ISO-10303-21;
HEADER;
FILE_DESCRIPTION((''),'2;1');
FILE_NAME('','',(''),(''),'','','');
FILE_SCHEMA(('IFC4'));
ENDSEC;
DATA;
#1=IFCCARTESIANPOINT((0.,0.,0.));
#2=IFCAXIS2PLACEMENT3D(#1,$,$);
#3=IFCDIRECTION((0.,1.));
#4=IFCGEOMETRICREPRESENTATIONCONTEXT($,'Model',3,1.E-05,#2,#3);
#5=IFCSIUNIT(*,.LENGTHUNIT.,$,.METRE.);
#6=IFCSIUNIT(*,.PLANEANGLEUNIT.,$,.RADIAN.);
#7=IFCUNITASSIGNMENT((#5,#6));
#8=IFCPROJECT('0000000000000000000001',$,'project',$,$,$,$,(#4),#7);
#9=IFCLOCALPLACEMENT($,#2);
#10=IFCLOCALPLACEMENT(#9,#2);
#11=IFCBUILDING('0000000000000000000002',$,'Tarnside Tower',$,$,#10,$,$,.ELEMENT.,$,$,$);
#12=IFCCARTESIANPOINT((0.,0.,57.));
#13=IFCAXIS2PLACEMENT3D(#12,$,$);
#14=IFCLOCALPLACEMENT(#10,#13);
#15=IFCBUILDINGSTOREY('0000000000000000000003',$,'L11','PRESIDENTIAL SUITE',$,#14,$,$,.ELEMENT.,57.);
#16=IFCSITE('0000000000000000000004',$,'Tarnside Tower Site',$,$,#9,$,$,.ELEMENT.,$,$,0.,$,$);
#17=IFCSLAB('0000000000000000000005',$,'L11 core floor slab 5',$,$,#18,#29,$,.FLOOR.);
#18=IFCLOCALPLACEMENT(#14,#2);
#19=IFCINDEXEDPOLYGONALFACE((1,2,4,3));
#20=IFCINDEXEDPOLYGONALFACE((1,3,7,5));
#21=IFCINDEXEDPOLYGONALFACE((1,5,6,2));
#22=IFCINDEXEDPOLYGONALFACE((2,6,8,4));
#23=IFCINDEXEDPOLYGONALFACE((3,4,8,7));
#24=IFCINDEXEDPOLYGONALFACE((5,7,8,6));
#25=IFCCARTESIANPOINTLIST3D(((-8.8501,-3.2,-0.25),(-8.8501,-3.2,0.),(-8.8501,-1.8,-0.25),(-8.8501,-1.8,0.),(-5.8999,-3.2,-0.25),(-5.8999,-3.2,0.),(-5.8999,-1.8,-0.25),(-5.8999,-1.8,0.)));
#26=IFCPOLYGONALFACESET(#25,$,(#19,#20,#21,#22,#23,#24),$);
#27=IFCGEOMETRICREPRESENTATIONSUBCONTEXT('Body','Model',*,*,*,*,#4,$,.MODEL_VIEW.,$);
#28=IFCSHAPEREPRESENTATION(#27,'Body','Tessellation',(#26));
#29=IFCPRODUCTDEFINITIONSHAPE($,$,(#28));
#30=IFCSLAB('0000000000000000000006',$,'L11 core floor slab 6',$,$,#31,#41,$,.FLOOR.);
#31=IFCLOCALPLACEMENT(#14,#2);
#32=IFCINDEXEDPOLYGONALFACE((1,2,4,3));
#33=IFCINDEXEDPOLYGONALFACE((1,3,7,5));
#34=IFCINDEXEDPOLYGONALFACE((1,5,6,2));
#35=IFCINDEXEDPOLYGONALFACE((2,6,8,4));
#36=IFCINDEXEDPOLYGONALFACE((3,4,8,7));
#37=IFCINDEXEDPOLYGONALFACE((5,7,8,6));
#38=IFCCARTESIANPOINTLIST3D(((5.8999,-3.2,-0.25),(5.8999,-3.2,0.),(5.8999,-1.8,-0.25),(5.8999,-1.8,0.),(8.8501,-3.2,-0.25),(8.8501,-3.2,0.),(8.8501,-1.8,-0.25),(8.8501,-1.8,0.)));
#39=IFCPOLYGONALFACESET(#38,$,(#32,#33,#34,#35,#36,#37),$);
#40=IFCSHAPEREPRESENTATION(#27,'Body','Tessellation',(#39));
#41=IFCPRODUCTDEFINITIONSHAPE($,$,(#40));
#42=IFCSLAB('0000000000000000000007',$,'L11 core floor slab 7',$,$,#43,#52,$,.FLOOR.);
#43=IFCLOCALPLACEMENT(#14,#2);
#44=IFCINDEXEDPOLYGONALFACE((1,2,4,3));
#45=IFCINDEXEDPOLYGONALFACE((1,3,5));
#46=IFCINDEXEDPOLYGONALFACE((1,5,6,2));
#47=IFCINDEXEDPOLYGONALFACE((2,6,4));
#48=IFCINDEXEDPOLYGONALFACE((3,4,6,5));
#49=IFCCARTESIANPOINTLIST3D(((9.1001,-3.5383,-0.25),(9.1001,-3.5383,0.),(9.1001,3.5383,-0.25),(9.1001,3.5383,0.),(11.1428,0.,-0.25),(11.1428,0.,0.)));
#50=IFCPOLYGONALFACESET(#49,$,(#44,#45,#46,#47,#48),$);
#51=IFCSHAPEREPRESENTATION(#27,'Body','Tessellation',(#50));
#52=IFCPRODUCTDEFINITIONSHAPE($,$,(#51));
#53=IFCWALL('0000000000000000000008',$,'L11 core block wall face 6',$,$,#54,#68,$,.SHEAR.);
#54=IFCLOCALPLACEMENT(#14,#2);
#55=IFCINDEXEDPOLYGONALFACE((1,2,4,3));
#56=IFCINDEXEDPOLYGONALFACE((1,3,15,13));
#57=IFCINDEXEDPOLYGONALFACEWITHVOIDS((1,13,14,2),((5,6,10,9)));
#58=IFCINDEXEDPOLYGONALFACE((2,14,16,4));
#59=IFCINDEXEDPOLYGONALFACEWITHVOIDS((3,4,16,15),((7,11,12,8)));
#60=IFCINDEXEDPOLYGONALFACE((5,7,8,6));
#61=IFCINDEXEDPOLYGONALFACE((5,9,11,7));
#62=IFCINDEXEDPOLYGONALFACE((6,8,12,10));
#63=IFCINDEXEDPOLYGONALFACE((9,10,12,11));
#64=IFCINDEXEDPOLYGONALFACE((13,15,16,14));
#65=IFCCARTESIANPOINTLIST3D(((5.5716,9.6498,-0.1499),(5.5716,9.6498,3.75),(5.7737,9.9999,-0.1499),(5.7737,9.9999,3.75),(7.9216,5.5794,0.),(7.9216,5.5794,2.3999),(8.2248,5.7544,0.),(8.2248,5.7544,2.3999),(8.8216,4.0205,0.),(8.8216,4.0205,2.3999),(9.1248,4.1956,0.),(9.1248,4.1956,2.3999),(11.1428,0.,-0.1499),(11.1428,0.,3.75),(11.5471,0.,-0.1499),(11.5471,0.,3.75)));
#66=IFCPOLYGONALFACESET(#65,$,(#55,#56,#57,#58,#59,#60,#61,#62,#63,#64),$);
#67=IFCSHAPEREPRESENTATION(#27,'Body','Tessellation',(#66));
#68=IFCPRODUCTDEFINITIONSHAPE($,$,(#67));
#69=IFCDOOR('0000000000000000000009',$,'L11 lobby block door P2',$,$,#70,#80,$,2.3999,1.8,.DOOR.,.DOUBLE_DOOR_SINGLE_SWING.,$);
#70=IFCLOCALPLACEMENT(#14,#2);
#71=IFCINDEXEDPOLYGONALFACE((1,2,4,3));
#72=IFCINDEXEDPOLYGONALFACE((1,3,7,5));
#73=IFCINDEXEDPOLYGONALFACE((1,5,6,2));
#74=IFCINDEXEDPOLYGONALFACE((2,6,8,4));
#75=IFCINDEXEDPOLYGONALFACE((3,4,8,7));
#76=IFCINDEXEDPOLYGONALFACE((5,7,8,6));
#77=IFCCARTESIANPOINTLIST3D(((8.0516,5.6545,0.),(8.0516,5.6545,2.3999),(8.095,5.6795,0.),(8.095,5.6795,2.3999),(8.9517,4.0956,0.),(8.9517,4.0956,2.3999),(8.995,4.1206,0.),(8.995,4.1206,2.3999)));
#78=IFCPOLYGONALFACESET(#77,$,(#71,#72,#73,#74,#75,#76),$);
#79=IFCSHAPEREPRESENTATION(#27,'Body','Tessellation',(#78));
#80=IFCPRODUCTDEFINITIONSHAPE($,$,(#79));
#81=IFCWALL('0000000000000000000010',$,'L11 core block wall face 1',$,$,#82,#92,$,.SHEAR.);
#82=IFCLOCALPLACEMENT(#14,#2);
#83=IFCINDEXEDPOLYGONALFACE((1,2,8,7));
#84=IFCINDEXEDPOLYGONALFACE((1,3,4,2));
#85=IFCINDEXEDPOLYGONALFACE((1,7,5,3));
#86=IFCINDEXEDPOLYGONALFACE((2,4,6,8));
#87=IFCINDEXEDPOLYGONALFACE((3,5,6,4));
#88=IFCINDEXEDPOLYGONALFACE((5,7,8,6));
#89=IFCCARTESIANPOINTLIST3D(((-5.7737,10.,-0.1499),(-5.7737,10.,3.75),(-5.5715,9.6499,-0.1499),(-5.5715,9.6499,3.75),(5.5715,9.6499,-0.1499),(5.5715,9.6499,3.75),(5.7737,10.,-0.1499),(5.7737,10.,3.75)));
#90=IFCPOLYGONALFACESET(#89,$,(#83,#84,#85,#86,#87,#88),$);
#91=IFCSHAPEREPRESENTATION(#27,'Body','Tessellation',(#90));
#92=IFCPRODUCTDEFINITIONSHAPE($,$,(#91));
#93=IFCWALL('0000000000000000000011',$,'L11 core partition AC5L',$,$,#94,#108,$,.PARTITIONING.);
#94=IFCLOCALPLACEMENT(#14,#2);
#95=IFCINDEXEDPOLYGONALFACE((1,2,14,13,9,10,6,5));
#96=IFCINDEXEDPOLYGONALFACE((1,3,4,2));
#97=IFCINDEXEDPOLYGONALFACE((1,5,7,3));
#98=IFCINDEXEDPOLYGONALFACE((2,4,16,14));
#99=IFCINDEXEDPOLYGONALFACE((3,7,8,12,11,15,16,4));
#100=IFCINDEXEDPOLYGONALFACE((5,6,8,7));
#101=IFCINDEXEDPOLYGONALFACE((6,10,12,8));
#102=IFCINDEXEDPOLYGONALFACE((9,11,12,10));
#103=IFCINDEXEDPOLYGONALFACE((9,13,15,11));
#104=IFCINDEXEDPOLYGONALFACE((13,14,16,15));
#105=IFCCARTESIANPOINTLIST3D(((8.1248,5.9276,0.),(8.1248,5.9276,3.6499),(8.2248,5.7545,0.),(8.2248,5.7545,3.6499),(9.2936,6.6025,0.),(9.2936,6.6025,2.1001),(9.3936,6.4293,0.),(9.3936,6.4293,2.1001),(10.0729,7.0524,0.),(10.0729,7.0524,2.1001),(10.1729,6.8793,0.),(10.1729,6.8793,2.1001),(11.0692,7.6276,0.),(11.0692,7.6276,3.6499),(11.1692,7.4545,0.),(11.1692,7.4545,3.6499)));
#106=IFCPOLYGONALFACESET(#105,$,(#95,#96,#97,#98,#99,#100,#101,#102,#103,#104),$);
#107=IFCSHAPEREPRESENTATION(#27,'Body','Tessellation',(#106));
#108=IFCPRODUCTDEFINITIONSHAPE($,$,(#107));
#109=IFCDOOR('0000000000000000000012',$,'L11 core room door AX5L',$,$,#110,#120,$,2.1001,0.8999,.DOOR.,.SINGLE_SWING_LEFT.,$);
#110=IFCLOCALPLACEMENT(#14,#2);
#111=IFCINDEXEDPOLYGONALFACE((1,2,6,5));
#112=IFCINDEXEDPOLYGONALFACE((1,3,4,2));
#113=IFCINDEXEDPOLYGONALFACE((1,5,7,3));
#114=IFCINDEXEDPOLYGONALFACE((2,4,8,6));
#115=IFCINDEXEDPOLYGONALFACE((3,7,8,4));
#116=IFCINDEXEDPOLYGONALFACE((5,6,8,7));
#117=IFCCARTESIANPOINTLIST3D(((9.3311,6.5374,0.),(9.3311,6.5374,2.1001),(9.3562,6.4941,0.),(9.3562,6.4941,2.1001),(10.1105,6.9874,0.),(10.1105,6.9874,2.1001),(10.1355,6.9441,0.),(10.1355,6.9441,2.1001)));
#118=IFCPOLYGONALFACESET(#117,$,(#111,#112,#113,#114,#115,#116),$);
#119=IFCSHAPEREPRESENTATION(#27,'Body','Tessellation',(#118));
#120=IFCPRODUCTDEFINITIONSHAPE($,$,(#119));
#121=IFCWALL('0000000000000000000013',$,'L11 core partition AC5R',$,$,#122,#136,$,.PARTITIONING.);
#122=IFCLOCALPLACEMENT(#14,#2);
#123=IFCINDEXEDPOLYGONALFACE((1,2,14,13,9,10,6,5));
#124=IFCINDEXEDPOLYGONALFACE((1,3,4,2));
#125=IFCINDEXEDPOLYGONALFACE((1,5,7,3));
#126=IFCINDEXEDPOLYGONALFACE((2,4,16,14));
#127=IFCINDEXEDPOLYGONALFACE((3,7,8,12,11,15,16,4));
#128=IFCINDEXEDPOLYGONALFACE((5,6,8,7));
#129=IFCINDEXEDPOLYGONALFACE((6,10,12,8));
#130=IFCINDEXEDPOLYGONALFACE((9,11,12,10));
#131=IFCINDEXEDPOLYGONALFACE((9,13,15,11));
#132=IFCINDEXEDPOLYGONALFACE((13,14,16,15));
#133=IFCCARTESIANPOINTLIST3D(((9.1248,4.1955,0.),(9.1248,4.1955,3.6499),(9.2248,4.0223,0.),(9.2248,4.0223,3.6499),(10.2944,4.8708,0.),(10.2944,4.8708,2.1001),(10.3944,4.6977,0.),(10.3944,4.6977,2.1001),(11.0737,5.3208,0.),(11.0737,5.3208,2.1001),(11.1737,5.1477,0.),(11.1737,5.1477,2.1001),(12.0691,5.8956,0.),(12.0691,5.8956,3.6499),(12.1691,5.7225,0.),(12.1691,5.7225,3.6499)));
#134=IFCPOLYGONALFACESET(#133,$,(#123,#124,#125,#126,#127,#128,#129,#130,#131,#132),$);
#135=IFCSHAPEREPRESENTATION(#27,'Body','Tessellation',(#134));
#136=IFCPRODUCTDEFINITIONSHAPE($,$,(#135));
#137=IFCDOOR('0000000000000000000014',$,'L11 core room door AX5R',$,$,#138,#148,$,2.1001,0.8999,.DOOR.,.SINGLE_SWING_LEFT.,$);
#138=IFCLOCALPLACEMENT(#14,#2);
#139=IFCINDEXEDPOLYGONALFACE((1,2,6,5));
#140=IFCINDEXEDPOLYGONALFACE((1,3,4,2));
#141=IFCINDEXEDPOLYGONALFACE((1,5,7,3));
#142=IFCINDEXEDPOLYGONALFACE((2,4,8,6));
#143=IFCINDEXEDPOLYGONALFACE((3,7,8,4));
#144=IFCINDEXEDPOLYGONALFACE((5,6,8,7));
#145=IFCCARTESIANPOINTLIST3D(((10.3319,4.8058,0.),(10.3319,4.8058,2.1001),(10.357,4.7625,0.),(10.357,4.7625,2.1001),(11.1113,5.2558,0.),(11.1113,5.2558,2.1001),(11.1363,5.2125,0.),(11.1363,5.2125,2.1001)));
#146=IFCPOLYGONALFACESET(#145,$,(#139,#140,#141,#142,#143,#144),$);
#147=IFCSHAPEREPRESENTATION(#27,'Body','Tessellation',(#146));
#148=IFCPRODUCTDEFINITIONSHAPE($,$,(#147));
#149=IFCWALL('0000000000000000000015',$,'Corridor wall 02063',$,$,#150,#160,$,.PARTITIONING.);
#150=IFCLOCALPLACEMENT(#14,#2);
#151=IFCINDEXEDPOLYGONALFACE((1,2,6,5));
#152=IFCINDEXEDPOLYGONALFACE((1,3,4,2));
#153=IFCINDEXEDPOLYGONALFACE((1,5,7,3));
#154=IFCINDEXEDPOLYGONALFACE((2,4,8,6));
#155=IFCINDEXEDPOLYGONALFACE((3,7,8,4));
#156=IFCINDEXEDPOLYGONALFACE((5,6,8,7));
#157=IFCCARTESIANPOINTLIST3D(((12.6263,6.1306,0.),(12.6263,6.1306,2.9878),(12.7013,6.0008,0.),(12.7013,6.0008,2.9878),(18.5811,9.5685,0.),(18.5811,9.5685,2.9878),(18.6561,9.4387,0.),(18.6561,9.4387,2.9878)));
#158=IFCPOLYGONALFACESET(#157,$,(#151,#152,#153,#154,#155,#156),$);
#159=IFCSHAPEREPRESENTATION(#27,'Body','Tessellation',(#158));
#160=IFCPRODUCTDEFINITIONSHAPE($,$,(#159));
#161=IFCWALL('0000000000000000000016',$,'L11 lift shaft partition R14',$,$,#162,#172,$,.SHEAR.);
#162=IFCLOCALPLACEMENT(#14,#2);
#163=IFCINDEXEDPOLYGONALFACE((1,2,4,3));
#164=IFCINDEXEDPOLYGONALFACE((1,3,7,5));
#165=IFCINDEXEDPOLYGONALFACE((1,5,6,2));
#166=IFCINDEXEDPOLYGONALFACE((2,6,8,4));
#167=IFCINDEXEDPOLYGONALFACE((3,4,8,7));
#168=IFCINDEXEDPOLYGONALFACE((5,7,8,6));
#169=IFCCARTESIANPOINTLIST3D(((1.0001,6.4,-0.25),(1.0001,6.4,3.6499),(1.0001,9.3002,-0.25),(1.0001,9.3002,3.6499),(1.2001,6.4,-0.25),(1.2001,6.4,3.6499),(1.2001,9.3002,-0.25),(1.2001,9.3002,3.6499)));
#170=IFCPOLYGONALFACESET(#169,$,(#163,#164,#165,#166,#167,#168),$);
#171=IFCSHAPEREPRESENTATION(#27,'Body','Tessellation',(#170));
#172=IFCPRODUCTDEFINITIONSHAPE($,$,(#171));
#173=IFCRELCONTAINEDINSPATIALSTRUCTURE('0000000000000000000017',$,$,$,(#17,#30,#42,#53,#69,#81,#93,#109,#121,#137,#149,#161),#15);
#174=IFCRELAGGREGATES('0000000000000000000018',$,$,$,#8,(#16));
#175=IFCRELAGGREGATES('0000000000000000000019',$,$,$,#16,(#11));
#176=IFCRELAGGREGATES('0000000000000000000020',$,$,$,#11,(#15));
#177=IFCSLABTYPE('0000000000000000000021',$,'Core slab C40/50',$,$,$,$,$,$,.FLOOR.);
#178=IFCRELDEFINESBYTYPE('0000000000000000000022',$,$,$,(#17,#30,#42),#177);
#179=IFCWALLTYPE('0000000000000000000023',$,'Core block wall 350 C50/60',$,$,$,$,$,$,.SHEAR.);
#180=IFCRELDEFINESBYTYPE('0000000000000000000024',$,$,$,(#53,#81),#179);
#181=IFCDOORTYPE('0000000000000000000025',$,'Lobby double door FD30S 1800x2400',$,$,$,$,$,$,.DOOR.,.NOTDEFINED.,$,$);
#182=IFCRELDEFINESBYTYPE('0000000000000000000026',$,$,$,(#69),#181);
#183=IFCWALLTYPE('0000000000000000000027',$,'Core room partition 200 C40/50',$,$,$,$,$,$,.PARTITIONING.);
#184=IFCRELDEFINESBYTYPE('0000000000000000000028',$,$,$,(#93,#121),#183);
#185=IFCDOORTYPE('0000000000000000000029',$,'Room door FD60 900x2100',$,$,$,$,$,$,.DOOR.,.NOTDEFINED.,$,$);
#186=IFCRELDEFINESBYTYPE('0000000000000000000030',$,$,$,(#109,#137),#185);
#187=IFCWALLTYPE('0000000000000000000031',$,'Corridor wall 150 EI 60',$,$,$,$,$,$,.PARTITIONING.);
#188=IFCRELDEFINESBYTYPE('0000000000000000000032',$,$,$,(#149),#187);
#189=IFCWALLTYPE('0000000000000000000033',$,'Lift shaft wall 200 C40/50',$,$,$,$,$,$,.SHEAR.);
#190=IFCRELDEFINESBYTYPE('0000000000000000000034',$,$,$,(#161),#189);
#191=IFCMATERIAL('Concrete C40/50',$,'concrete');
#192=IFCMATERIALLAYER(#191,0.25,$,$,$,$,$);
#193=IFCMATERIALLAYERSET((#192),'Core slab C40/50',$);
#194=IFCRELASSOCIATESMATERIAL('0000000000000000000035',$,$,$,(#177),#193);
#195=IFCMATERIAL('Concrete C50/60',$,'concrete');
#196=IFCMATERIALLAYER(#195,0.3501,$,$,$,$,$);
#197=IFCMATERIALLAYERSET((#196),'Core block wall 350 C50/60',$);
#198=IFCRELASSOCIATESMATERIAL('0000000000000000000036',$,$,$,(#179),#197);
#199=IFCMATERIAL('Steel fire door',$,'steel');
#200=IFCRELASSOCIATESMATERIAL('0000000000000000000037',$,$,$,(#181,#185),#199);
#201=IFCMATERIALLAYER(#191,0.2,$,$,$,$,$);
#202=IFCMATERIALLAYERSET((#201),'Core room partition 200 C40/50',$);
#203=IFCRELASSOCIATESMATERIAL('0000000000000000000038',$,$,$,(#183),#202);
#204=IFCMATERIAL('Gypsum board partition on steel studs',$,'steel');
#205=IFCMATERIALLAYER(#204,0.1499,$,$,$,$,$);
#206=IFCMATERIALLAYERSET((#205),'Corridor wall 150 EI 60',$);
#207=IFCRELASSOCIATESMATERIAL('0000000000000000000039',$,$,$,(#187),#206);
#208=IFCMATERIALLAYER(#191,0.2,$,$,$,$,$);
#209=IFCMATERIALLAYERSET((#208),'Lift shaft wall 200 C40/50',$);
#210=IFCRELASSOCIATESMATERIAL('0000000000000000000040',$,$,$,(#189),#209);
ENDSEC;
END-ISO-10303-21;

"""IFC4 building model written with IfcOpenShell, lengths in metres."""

from ifc_helpers import new_model, si_unit, direction, frame, frame_2d, origin, place, context, subcontext, project, spatial, polyline, rectangle, outline, extrude, material, layer, layer_set, type_object, element, fill, save


model = new_model("IFC4")

# Units and contexts
model_context = context("Model", 3, precision=1e-05, world=origin(), true_north=direction((0.0, 1.0)))
body_context = subcontext(model_context, "Body", "Model", "MODEL_VIEW")
ifc_project = project(units=[si_unit("LENGTHUNIT", "METRE"), si_unit("PLANEANGLEUNIT", "RADIAN")], contexts=[model_context])

# Site, building, storey
site_placement = place(None, origin())
site = spatial("IfcSite", under=ifc_project, at=site_placement, Name="Tarnside Tower Site", CompositionType="ELEMENT", RefElevation=0.0)
building_placement = place(site_placement, origin())
building = spatial("IfcBuilding", under=site, at=building_placement, Name="Tarnside Tower", CompositionType="ELEMENT")
storey_placement = place(building_placement, frame((0.0, 0.0, 57.0)))
storey = spatial("IfcBuildingStorey", under=building, at=storey_placement, Name="L11", Description="PRESIDENTIAL SUITE", CompositionType="ELEMENT", Elevation=57.0)

# Slabs
ifc_material_1 = material(Name="Concrete C40/50", Category="concrete")
ifc_layer_1 = layer(ifc_material_1, 0.25)
ifc_layer_set_1 = layer_set([ifc_layer_1], Name="Core slab C40/50")
slab_type = type_object("IfcSlabType", Name="Core slab C40/50", PredefinedType="FLOOR", material=ifc_layer_set_1)
slab_1_placement = place(storey_placement, frame((0.0, 0.0, -0.25)))
element("IfcSlab", 1, at=slab_1_placement, inside=storey, type_object=slab_type, Name="L11 core floor slab 5", PredefinedType="FLOOR", context=body_context, shape_type="SweptSolid", body=[
    extrude(outline(polyline([(-8.8501, -1.8), (-5.8999, -1.8), (-5.8999, -3.2), (-8.8501, -3.2), (-8.8501, -1.8)])), origin(), (0.0, 0.0, 1.0), 0.25),
])
slab_2_placement = place(storey_placement, frame((0.0, 0.0, -0.25)))
element("IfcSlab", 2, at=slab_2_placement, inside=storey, type_object=slab_type, Name="L11 core floor slab 6", PredefinedType="FLOOR", context=body_context, shape_type="SweptSolid", body=[
    extrude(outline(polyline([(5.8999, -3.2), (5.8999, -1.8), (8.8501, -1.8), (8.8501, -3.2), (5.8999, -3.2)])), origin(), (0.0, 0.0, 1.0), 0.25),
])
slab_3_placement = place(storey_placement, frame((0.0, 0.0, -0.25)))
element("IfcSlab", 3, at=slab_3_placement, inside=storey, type_object=slab_type, Name="L11 core floor slab 7", PredefinedType="FLOOR", context=body_context, shape_type="SweptSolid", body=[
    extrude(outline(polyline([(9.1001, -3.5383), (9.1001, 3.5383), (11.1428, 0.0), (9.1001, -3.5383)])), origin(), (0.0, 0.0, 1.0), 0.25),
])

# Wall, opening, door
ifc_material_2 = material(Name="Concrete C50/60", Category="concrete")
ifc_layer_2 = layer(ifc_material_2, 0.3501)
ifc_layer_set_2 = layer_set([ifc_layer_2], Name="Core block wall 350 C50/60")
wall_type_1 = type_object("IfcWallType", Name="Core block wall 350 C50/60", PredefinedType="SHEAR", material=ifc_layer_set_2)
wall_1_placement = place(storey_placement, frame((11.345, 0.0, -0.1499), z_axis=(0.0, 0.0, 1.0), x_axis=(-0.499995, 0.866028, 0.0)))
wall_1 = element("IfcWall", 4, at=wall_1_placement, inside=storey, type_object=wall_type_1, Name="L11 core block wall face 6", PredefinedType="SHEAR", context=body_context, shape_type="SweptSolid", body=[
    extrude(outline(polyline([(-0.1011, -0.175), (11.4458, -0.175), (11.2437, 0.175), (0.1011, 0.175), (-0.1011, -0.175)])), origin(), (0.0, 0.0, 1.0), 3.8999),
])
opening_1_placement = place(wall_1_placement, frame((4.7437, 0.0, 0.1499)))
opening_1 = element("IfcOpeningElement", 5, at=opening_1_placement, cuts=wall_1, PredefinedType="OPENING", context=body_context, shape_type="SweptSolid", body=[
    extrude(rectangle(XDim=1.8, YDim=2.3999, at=frame_2d((0.8999, 1.2))), frame((0.0, 0.1851, 0.0), z_axis=(0.0, -1.0, 0.0), x_axis=(1.0, 0.0, 0.0)), (0.0, 0.0, 1.0), 0.3701),
])
ifc_material_3 = material(Name="Steel fire door", Category="steel")
door_type_1 = type_object("IfcDoorType", Name="Lobby double door FD30S 1800x2400", OperationType="NOTDEFINED", PredefinedType="DOOR", material=ifc_material_3)
door_1_placement = place(opening_1_placement, origin())
door_1 = element("IfcDoor", 6, at=door_1_placement, inside=storey, type_object=door_type_1, Name="L11 lobby block door P2", OperationType="DOUBLE_DOOR_SINGLE_SWING", OverallHeight=2.3999, OverallWidth=1.8, PredefinedType="DOOR", context=body_context, shape_type="SweptSolid", body=[
    extrude(rectangle(XDim=1.8, YDim=2.3999, at=frame_2d((0.8999, 1.2))), frame((0.0, 0.0249, 0.0), z_axis=(0.0, -1.0, 0.0), x_axis=(1.0, 0.0, 0.0)), (0.0, 0.0, 1.0), 0.05),
])
fill(opening_1, door_1)

# Wall
wall_2_placement = place(storey_placement, frame((5.6726, 9.825, -0.1499), z_axis=(0.0, 0.0, 1.0), x_axis=(-1.0, 0.0, 0.0)))
element("IfcWall", 7, at=wall_2_placement, inside=storey, type_object=wall_type_1, Name="L11 core block wall face 1", PredefinedType="SHEAR", context=body_context, shape_type="SweptSolid", body=[
    extrude(outline(polyline([(-0.1011, -0.175), (11.4463, -0.175), (11.2441, 0.175), (0.1011, 0.175), (-0.1011, -0.175)])), origin(), (0.0, 0.0, 1.0), 3.8999),
])

# Walls, openings, doors
ifc_layer_3 = layer(ifc_material_1, 0.2)
ifc_layer_set_3 = layer_set([ifc_layer_3], Name="Core room partition 200 C40/50")
wall_type_2 = type_object("IfcWallType", Name="Core room partition 200 C40/50", PredefinedType="PARTITIONING", material=ifc_layer_set_3)
wall_3_placement = place(storey_placement, frame((8.1748, 5.8411, 0.0), z_axis=(0.0, 0.0, 1.0), x_axis=(0.866021, 0.500008, 0.0)))
wall_3 = element("IfcWall", 8, at=wall_3_placement, inside=storey, type_object=wall_type_2, Name="L11 core partition AC5L", PredefinedType="PARTITIONING", context=body_context, shape_type="SweptSolid", body=[
    extrude(rectangle(XDim=3.3999, YDim=0.2, at=frame_2d((1.7, 0.0))), origin(), (0.0, 0.0, 1.0), 3.6499),
])
opening_2_placement = place(wall_3_placement, frame((1.3496, 0.0, 0.0)))
opening_2 = element("IfcOpeningElement", 9, at=opening_2_placement, cuts=wall_3, PredefinedType="OPENING", context=body_context, shape_type="SweptSolid", body=[
    extrude(rectangle(XDim=0.8999, YDim=2.1001, at=frame_2d((0.45, 1.05))), frame((0.0, 0.1099, 0.0), z_axis=(0.0, -1.0, 0.0), x_axis=(1.0, 0.0, 0.0)), (0.0, 0.0, 1.0), 0.22),
])
door_type_2 = type_object("IfcDoorType", Name="Room door FD60 900x2100", OperationType="NOTDEFINED", PredefinedType="DOOR", material=ifc_material_3)
door_2_placement = place(opening_2_placement, origin())
door_2 = element("IfcDoor", 10, at=door_2_placement, inside=storey, type_object=door_type_2, Name="L11 core room door AX5L", OperationType="SINGLE_SWING_LEFT", OverallHeight=2.1001, OverallWidth=0.8999, PredefinedType="DOOR", context=body_context, shape_type="SweptSolid", body=[
    extrude(rectangle(XDim=0.8999, YDim=2.1001, at=frame_2d((0.45, 1.05))), frame((0.0, 0.0249, 0.0), z_axis=(0.0, -1.0, 0.0), x_axis=(1.0, 0.0, 0.0)), (0.0, 0.0, 1.0), 0.05),
])
fill(opening_2, door_2)
wall_4_placement = place(storey_placement, frame((9.1748, 4.1089, 0.0), z_axis=(0.0, 0.0, 1.0), x_axis=(0.865989, 0.500062, 0.0)))
wall_4 = element("IfcWall", 11, at=wall_4_placement, inside=storey, type_object=wall_type_2, Name="L11 core partition AC5R", PredefinedType="PARTITIONING", context=body_context, shape_type="SweptSolid", body=[
    extrude(rectangle(XDim=3.3999, YDim=0.2, at=frame_2d((1.7, 0.0))), origin(), (0.0, 0.0, 1.0), 3.6499),
])
opening_3_placement = place(wall_4_placement, frame((1.3506, 0.0, 0.0)))
opening_3 = element("IfcOpeningElement", 12, at=opening_3_placement, cuts=wall_4, PredefinedType="OPENING", context=body_context, shape_type="SweptSolid", body=[
    extrude(rectangle(XDim=0.8999, YDim=2.1001, at=frame_2d((0.45, 1.05))), frame((0.0, 0.1099, 0.0), z_axis=(0.0, -1.0, 0.0), x_axis=(1.0, 0.0, 0.0)), (0.0, 0.0, 1.0), 0.22),
])
door_3_placement = place(opening_3_placement, origin())
door_3 = element("IfcDoor", 13, at=door_3_placement, inside=storey, type_object=door_type_2, Name="L11 core room door AX5R", OperationType="SINGLE_SWING_LEFT", OverallHeight=2.1001, OverallWidth=0.8999, PredefinedType="DOOR", context=body_context, shape_type="SweptSolid", body=[
    extrude(rectangle(XDim=0.8999, YDim=2.1001, at=frame_2d((0.45, 1.05))), frame((0.0, 0.0249, 0.0), z_axis=(0.0, -1.0, 0.0), x_axis=(1.0, 0.0, 0.0)), (0.0, 0.0, 1.0), 0.05),
])
fill(opening_3, door_3)

# Walls
ifc_material_4 = material(Name="Gypsum board partition on steel studs", Category="steel")
ifc_layer_4 = layer(ifc_material_4, 0.1499)
ifc_layer_set_4 = layer_set([ifc_layer_4], Name="Corridor wall 150 EI 60")
wall_type_3 = type_object("IfcWallType", Name="Corridor wall 150 EI 60", PredefinedType="PARTITIONING", material=ifc_layer_set_4)
wall_5_placement = place(storey_placement, frame((12.6638, 6.0657, 0.0), z_axis=(0.0, 0.0, 1.0), x_axis=(0.866028, 0.499996, 0.0)))
element("IfcWall", 14, at=wall_5_placement, inside=storey, type_object=wall_type_3, Name="Corridor wall 02063", PredefinedType="PARTITIONING", context=body_context, shape_type="SweptSolid", body=[
    extrude(rectangle(XDim=6.876, YDim=0.1499, at=frame_2d((3.438, 0.0))), origin(), (0.0, 0.0, 1.0), 2.9878),
])
ifc_layer_5 = layer(ifc_material_1, 0.2)
ifc_layer_set_5 = layer_set([ifc_layer_5], Name="Lift shaft wall 200 C40/50")
wall_type_4 = type_object("IfcWallType", Name="Lift shaft wall 200 C40/50", PredefinedType="SHEAR", material=ifc_layer_set_5)
for number, where, z_axis, x_axis, name in (
    (15, (1.1001, 6.3999, -0.25), (0.0, 0.0, 1.0), (0.0, 1.0, 0.0), "L11 lift shaft partition R14"),
):
    element("IfcWall", number, at=place(storey_placement, frame(where, z_axis=z_axis, x_axis=x_axis)), inside=storey, type_object=wall_type_4, Name=name, PredefinedType="SHEAR", context=body_context, shape_type="SweptSolid", body=[
        extrude(rectangle(XDim=2.9001, YDim=0.2, at=frame_2d((1.4502, 0.0))), origin(), (0.0, 0.0, 1.0), 3.8999),
    ])

save(model, "model.ifc")
